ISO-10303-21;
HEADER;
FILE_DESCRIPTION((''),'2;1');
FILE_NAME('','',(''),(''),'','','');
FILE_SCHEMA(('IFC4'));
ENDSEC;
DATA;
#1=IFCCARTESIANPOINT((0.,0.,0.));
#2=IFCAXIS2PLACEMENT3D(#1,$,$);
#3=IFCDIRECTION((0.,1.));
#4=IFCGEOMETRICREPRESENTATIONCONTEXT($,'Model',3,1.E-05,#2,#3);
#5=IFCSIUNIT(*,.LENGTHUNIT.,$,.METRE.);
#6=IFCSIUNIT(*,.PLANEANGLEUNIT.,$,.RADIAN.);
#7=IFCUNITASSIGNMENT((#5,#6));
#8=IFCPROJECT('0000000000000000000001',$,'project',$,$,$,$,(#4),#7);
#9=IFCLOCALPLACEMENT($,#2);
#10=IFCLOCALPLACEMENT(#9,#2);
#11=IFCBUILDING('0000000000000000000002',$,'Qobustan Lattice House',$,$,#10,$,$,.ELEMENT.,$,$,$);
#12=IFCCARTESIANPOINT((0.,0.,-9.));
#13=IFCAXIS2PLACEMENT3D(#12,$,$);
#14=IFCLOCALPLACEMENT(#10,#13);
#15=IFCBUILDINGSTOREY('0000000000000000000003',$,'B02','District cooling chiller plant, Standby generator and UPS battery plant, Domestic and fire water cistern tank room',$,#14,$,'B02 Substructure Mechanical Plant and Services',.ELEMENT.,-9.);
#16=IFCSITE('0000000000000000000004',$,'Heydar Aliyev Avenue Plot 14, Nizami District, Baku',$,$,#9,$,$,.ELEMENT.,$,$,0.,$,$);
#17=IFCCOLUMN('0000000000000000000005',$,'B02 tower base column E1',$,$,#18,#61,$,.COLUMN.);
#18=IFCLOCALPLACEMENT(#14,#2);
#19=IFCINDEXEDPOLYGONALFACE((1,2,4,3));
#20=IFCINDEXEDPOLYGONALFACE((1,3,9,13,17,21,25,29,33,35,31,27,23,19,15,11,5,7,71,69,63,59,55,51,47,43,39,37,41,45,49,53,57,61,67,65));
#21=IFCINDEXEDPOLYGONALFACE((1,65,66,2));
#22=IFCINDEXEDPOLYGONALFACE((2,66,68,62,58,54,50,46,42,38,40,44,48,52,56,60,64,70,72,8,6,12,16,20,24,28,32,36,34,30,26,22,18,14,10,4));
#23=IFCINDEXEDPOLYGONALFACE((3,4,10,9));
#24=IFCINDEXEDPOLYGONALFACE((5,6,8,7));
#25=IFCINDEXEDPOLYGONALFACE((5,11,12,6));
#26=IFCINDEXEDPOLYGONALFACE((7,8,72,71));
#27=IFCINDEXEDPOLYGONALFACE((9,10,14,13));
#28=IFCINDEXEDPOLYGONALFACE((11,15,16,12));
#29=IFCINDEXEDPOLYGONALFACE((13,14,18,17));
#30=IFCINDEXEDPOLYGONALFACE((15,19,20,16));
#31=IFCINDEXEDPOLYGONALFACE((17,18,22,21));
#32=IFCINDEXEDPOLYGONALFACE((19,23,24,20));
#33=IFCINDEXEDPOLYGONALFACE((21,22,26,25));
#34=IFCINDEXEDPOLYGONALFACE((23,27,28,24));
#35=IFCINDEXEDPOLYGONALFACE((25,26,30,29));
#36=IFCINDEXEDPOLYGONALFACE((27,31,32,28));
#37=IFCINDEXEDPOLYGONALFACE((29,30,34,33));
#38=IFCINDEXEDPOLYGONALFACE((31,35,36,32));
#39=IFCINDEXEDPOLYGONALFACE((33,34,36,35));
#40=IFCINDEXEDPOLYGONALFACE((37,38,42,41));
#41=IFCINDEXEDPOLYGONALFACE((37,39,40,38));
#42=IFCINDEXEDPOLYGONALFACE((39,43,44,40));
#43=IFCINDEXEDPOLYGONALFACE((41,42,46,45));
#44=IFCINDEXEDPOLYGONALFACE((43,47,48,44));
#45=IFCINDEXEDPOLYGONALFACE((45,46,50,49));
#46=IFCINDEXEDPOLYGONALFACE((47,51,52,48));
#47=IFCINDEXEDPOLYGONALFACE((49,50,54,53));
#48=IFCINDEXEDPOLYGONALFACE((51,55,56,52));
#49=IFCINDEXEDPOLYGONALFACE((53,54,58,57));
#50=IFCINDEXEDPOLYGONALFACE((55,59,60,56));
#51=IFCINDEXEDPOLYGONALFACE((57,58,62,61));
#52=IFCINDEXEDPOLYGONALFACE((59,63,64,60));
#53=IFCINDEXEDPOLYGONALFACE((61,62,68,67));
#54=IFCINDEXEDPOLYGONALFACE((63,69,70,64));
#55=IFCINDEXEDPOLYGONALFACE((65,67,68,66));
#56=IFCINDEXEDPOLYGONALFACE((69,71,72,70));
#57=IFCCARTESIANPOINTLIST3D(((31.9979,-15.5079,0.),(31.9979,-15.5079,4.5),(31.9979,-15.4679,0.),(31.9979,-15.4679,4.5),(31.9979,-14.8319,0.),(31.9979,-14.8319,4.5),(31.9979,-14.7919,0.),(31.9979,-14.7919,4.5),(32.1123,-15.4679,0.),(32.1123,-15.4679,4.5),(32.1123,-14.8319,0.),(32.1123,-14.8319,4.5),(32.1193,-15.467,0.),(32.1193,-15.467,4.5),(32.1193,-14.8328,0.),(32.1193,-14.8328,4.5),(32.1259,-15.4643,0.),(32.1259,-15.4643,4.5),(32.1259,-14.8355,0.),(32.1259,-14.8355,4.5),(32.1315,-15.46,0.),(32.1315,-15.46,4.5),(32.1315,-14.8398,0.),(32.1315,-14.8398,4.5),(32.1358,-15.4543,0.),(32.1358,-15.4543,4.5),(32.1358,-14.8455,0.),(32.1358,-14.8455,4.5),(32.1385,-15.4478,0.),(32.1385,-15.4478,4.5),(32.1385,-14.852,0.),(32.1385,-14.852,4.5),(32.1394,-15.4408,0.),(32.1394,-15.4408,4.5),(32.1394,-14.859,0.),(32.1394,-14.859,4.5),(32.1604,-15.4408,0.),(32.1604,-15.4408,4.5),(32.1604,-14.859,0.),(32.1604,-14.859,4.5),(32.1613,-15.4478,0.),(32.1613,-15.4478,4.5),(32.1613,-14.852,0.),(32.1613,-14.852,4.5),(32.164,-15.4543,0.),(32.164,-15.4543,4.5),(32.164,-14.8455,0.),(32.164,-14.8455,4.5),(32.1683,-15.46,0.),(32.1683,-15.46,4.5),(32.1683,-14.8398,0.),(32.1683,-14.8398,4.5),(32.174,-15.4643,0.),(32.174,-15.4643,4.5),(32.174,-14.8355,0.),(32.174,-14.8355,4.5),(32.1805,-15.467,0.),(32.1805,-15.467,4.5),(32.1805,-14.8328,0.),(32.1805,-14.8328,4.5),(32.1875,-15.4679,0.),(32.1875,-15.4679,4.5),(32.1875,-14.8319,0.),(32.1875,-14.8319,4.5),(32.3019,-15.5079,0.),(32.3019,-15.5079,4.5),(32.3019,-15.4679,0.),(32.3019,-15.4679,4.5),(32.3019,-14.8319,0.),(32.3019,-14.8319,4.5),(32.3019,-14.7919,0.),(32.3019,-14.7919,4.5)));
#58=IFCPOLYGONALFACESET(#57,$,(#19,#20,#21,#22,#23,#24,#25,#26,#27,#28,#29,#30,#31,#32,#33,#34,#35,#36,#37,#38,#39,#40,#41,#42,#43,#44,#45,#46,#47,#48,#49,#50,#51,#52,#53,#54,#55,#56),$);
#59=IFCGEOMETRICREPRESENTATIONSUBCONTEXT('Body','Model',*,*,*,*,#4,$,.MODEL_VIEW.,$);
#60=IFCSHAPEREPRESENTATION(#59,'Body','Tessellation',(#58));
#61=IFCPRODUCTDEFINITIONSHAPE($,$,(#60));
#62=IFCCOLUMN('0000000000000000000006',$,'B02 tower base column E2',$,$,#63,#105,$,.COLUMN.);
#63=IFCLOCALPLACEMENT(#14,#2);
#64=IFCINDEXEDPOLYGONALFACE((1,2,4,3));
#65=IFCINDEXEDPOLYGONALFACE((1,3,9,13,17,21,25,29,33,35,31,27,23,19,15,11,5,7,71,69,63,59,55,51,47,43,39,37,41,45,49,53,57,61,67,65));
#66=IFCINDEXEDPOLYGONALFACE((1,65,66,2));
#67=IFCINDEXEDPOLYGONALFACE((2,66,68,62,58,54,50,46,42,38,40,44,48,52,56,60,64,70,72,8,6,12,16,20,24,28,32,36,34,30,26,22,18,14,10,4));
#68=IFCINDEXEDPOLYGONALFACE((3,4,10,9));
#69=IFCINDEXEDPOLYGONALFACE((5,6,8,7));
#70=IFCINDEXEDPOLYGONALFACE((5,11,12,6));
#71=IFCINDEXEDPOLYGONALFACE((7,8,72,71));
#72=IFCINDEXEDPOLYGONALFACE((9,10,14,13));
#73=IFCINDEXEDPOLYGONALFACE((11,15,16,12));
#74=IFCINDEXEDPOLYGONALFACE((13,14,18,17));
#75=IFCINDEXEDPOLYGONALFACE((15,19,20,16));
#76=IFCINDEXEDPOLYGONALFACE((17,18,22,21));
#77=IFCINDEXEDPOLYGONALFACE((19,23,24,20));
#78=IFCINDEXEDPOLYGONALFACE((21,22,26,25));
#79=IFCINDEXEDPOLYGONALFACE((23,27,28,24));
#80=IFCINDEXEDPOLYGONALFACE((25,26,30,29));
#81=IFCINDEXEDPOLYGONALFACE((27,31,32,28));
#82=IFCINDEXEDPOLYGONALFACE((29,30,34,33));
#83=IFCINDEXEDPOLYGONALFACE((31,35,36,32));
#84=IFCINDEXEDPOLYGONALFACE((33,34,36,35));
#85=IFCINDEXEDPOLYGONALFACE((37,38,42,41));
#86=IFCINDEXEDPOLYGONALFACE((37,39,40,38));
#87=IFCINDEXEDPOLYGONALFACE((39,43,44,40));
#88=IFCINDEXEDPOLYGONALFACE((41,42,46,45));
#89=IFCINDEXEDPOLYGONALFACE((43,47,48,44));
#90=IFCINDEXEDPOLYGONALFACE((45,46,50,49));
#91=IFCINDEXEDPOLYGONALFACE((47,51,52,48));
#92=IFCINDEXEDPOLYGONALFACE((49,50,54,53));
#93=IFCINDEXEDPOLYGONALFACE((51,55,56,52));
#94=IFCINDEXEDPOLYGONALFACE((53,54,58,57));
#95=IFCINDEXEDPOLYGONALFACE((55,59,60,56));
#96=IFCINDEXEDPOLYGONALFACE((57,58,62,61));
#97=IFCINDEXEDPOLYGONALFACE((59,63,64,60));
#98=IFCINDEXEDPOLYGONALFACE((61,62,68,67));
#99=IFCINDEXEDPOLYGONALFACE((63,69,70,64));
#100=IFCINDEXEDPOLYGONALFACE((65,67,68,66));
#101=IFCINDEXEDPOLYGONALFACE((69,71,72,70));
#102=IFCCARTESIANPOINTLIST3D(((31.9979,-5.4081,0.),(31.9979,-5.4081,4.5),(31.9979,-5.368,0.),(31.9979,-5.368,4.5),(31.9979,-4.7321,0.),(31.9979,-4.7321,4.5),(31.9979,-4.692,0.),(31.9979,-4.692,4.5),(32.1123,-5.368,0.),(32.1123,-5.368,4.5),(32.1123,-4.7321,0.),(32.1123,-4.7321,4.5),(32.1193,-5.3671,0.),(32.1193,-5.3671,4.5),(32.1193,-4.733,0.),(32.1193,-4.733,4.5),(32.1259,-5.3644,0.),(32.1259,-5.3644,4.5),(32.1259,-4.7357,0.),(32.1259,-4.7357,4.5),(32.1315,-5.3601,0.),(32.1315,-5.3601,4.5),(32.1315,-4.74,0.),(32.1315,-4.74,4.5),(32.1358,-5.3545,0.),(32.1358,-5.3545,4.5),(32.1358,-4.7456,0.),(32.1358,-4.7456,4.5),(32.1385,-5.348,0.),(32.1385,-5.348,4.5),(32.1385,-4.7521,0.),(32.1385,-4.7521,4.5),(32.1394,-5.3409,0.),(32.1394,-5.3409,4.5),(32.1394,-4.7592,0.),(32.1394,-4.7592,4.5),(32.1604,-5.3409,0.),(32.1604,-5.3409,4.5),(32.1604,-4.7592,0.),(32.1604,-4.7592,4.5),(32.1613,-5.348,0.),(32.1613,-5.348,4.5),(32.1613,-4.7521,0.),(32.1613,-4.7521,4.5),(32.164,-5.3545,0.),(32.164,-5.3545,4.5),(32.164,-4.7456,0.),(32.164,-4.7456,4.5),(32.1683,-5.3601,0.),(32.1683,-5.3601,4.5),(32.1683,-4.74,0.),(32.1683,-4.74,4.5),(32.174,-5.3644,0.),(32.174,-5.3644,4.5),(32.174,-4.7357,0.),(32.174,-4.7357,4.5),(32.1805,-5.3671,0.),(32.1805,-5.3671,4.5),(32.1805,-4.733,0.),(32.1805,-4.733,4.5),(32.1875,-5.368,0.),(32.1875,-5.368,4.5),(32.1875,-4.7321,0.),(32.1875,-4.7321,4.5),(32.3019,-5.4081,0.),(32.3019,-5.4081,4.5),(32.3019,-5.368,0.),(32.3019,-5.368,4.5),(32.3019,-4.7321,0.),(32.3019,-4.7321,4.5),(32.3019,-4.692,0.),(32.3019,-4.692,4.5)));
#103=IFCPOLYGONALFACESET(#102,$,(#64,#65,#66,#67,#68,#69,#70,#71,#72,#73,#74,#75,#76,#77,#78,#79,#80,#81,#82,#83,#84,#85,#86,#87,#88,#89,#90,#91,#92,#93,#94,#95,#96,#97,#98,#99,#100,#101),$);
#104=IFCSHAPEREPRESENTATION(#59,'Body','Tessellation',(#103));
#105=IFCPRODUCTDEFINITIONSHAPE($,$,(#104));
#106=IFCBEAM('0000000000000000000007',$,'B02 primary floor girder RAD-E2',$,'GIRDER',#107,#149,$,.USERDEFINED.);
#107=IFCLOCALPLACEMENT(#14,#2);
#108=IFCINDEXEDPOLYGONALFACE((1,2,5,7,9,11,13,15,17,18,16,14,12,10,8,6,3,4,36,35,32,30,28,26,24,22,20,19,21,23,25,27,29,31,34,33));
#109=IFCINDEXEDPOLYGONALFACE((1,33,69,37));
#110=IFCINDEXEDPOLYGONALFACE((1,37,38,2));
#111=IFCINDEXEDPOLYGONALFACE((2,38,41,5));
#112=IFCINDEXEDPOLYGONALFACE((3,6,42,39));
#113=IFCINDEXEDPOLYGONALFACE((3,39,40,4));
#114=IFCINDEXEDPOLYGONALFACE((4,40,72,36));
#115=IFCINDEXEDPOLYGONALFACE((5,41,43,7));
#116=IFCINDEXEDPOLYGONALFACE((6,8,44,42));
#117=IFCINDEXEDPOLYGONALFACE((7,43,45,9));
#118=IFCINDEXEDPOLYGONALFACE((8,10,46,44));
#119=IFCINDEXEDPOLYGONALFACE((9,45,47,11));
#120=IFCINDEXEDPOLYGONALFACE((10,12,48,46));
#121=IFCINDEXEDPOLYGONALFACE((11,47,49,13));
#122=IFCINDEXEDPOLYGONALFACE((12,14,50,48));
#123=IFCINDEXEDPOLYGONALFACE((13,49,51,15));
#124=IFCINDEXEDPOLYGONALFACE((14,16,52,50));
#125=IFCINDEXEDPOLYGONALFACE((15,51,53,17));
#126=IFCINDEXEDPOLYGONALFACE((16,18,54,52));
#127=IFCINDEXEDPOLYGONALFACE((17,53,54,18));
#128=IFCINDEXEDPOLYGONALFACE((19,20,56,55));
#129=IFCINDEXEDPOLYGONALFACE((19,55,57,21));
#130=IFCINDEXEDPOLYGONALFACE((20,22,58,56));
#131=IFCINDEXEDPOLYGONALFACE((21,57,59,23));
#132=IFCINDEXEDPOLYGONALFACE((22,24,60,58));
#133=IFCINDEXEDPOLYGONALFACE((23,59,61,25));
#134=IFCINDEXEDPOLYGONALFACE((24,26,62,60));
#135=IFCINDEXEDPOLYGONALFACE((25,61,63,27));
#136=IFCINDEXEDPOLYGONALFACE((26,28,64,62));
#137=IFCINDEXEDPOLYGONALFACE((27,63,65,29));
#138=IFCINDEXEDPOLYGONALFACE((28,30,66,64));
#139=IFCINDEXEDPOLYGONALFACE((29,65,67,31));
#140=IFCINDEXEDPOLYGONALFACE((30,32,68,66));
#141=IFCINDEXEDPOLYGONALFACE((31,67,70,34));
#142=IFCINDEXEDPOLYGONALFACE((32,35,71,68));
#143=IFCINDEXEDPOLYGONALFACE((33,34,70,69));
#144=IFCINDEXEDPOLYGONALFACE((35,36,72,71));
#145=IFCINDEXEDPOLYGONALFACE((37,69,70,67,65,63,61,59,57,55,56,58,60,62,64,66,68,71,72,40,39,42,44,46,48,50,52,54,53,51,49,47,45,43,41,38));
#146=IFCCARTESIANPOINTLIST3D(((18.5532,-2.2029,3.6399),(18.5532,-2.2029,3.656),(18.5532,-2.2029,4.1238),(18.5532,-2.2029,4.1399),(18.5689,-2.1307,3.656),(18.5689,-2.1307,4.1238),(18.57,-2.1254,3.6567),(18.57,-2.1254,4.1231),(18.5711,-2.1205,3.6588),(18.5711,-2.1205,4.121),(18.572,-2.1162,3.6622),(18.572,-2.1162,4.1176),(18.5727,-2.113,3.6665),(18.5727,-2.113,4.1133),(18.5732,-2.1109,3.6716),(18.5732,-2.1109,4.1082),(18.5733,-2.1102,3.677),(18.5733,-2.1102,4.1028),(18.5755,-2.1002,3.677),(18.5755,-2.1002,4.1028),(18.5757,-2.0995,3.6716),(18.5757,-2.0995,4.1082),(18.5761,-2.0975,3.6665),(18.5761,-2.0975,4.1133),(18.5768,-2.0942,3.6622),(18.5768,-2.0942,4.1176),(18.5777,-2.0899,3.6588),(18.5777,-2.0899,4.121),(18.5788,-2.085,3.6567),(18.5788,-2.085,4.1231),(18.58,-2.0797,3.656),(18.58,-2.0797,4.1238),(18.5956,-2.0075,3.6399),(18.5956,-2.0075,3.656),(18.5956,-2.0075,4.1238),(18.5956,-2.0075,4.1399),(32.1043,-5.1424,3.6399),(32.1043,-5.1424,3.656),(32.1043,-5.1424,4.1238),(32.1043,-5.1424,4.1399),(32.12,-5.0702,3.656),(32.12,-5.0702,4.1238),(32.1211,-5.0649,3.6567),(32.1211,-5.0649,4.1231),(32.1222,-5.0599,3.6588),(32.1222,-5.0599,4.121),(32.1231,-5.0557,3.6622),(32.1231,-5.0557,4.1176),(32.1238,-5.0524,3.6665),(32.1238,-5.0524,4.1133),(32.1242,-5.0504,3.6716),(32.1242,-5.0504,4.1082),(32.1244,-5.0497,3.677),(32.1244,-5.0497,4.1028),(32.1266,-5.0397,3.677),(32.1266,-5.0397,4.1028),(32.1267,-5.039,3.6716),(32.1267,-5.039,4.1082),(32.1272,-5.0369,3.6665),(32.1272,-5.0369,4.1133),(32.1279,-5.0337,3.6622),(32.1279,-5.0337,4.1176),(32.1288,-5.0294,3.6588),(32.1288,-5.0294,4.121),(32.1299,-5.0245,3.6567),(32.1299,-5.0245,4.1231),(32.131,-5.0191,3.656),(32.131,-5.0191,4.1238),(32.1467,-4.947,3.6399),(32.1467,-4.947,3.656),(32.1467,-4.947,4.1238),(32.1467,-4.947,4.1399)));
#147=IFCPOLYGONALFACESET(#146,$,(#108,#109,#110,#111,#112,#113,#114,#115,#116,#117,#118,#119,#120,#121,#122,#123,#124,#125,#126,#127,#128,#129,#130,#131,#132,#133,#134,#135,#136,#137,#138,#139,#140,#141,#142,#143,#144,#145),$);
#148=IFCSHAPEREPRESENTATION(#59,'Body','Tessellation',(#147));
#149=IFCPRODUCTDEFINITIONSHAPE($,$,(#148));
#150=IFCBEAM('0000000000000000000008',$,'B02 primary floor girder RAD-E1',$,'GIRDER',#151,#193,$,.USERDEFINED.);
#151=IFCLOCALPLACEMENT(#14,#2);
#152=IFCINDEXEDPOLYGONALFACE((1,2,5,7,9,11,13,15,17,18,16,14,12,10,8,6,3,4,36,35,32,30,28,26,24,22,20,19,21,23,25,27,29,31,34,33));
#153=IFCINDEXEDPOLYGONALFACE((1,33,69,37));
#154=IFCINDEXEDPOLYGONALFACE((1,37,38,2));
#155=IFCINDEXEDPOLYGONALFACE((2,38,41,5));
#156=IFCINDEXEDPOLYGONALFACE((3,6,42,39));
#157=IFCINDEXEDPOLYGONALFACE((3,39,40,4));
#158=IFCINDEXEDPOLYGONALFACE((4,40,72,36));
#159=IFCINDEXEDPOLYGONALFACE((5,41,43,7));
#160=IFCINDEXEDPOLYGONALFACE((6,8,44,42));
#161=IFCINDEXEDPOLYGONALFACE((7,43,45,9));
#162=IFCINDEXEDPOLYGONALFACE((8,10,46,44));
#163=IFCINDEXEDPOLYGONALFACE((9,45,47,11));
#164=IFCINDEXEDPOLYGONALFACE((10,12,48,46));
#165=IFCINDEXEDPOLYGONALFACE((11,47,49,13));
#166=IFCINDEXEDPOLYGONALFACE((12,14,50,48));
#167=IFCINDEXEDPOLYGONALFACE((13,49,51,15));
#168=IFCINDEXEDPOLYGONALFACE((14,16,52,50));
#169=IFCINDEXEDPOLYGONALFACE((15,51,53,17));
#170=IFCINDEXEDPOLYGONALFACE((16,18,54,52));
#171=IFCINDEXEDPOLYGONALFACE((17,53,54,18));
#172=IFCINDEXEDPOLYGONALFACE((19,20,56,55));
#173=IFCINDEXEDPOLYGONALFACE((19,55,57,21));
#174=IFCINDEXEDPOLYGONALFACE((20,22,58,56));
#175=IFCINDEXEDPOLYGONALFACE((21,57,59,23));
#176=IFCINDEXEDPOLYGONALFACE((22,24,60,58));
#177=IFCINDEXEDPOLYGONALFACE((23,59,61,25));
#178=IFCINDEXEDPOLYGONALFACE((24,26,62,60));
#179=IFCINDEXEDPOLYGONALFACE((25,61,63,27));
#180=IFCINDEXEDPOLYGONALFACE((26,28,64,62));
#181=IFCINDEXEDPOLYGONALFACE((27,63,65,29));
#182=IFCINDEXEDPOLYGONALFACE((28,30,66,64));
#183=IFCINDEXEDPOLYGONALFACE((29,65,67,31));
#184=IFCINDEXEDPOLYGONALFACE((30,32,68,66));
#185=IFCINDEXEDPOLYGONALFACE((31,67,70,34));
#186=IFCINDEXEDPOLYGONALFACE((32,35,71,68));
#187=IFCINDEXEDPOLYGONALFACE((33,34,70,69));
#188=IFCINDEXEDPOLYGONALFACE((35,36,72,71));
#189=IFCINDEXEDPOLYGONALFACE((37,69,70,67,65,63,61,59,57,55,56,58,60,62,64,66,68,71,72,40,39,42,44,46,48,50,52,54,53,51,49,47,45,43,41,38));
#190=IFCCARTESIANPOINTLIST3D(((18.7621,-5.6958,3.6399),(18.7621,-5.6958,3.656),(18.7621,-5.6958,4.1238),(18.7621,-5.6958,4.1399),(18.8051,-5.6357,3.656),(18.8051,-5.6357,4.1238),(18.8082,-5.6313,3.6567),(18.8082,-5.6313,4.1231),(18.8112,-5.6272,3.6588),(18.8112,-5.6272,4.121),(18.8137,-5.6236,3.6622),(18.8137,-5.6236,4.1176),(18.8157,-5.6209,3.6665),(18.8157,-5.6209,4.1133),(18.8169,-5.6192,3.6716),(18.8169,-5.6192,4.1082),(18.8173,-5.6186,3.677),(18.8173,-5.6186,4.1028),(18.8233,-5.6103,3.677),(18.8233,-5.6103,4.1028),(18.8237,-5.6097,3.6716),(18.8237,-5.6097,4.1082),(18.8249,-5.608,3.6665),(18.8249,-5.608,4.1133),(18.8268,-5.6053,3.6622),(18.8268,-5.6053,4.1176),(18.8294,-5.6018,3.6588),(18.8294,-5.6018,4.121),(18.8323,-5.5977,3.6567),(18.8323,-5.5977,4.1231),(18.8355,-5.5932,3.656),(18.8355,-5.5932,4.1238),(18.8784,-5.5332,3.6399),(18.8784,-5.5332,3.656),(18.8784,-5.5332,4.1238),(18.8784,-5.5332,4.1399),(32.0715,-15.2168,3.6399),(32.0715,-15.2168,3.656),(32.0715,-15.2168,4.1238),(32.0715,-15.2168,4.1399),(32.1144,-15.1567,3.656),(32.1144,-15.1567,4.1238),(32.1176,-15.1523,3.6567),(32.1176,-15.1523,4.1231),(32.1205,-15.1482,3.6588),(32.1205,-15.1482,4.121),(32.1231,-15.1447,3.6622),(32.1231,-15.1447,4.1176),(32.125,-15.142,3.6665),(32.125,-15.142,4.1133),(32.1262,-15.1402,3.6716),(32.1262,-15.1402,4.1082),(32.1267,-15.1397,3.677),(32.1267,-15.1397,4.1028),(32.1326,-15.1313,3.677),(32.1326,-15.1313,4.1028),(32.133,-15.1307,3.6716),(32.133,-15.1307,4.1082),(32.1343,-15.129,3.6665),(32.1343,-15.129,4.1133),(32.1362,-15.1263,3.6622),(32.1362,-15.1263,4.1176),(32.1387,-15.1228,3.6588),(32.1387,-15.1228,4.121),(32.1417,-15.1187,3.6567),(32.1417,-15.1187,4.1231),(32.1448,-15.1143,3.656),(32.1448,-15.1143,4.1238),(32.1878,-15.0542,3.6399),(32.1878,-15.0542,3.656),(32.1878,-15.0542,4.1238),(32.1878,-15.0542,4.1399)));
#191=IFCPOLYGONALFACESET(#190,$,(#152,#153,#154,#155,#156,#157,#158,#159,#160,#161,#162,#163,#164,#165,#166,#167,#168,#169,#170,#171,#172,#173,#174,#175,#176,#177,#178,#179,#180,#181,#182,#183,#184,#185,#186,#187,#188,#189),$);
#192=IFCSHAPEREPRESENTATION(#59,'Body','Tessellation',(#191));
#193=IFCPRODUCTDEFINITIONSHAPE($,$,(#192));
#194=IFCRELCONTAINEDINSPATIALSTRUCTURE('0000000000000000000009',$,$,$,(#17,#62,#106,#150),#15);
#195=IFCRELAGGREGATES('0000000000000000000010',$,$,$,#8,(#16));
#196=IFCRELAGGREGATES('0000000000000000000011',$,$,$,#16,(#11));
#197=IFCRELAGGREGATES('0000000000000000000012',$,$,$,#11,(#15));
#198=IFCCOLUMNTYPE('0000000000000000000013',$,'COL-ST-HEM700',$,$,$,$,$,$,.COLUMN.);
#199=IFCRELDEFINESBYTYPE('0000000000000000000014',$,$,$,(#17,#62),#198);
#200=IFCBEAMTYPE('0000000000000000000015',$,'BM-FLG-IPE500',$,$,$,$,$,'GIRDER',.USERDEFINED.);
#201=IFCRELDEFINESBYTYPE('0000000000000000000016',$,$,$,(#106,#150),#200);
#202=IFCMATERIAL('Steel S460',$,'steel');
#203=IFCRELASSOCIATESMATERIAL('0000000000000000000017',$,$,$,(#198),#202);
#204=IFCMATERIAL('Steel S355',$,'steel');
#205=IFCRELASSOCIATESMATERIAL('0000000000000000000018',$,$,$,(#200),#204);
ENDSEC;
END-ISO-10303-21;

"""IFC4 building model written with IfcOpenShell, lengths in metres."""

from ifc_helpers import new_model, si_unit, direction, frame, origin, origin_2d, place, context, subcontext, project, spatial, i_section, extrude, material, material_profile, profile_set, type_object, element, save


model = new_model("IFC4")

# Units and contexts
model_context = context("Model", 3, precision=1e-05, world=origin(), true_north=direction((0.0, 1.0)))
body_context = subcontext(model_context, "Body", "Model", "MODEL_VIEW")
ifc_project = project(units=[si_unit("LENGTHUNIT", "METRE"), si_unit("PLANEANGLEUNIT", "RADIAN")], contexts=[model_context])

# Site, building, storey
site_placement = place(None, origin())
site = spatial("IfcSite", under=ifc_project, at=site_placement, Name="Heydar Aliyev Avenue Plot 14, Nizami District, Baku", CompositionType="ELEMENT", RefElevation=0.0)
building_placement = place(site_placement, origin())
building = spatial("IfcBuilding", under=site, at=building_placement, Name="Qobustan Lattice House", CompositionType="ELEMENT")
storey_placement = place(building_placement, frame((0.0, 0.0, -9.0)))
storey = spatial("IfcBuildingStorey", under=building, at=storey_placement, Name="B02", Description="District cooling chiller plant, Standby generator and UPS battery plant, Domestic and fire water cistern tank room", LongName="B02 Substructure Mechanical Plant and Services", CompositionType="ELEMENT", Elevation=-9.0)

# Columns
ifc_material_1 = material(Name="Steel S460", Category="steel")
ifc_material_profile_1 = material_profile(ifc_material_1, i_section(OverallWidth=0.304, OverallDepth=0.7161, WebThickness=0.021, FlangeThickness=0.04, FilletRadius=0.0271, at=origin_2d()), Name="HEM700")
ifc_profile_set_1 = profile_set([ifc_material_profile_1], Name="Steel S460")
column_type_1 = type_object("IfcColumnType", Name="COL-ST-HEM700", PredefinedType="COLUMN", material=ifc_profile_set_1)
for number, where, z_axis, x_axis, name in (
    (1, (32.1499, -15.1499, 0.0), (0.0, 0.0, 1.0), (1.0, 0.0, 0.0), "B02 tower base column E1"),
    (2, (32.1499, -5.05, 0.0), (0.0, 0.0, 1.0), (1.0, 0.0, 0.0), "B02 tower base column E2"),
):
    element("IfcColumn", number, at=place(storey_placement, frame(where, z_axis=z_axis, x_axis=x_axis)), inside=storey, type_object=column_type_1, Name=name, PredefinedType="COLUMN", context=body_context, shape_type="SweptSolid", body=[
        extrude(i_section(OverallWidth=0.304, OverallDepth=0.7161, WebThickness=0.021, FlangeThickness=0.04, FilletRadius=0.0271, at=origin_2d()), origin(), (0.0, 0.0, 1.0), 4.5),
    ])

# Beams
ifc_material_2 = material(Name="Steel S355", Category="steel")
ifc_material_profile_2 = material_profile(ifc_material_2, i_section(OverallWidth=0.2, OverallDepth=0.5, WebThickness=0.0103, FlangeThickness=0.0161, FilletRadius=0.021, at=origin_2d()), Name="IPE500")
ifc_profile_set_2 = profile_set([ifc_material_profile_2], Name="Steel S355")
beam_type_1 = type_object("IfcBeamType", Name="BM-FLG-IPE500", ElementType="GIRDER", PredefinedType="USERDEFINED", material=ifc_profile_set_2)
beam_1_placement = place(storey_placement, frame((32.1255, -5.0447, 3.8899), z_axis=(-0.977272, 0.211987, 0.0), x_axis=(-0.211987, -0.977272, 0.0)))
element("IfcBeam", 3, at=beam_1_placement, inside=storey, type_object=beam_type_1, Name="B02 primary floor girder RAD-E2", ObjectType="GIRDER", PredefinedType="USERDEFINED", context=body_context, shape_type="SweptSolid", body=[
    extrude(i_section(OverallWidth=0.2, OverallDepth=0.5, WebThickness=0.0103, FlangeThickness=0.0161, FilletRadius=0.021, at=origin_2d()), origin(), (0.0, 0.0, 1.0), 13.8662),
])
beam_2_placement = place(storey_placement, frame((32.1296, -15.1355, 3.8899), z_axis=(-0.813319, 0.581818, 0.0), x_axis=(-0.581818, -0.813319, 0.0)))
element("IfcBeam", 4, at=beam_2_placement, inside=storey, type_object=beam_type_1, Name="B02 primary floor girder RAD-E1", ObjectType="GIRDER", PredefinedType="USERDEFINED", context=body_context, shape_type="SweptSolid", body=[
    extrude(i_section(OverallWidth=0.2, OverallDepth=0.5, WebThickness=0.0103, FlangeThickness=0.0161, FilletRadius=0.021, at=origin_2d()), origin(), (0.0, 0.0, 1.0), 16.3643),
])

save(model, "model.ifc")
